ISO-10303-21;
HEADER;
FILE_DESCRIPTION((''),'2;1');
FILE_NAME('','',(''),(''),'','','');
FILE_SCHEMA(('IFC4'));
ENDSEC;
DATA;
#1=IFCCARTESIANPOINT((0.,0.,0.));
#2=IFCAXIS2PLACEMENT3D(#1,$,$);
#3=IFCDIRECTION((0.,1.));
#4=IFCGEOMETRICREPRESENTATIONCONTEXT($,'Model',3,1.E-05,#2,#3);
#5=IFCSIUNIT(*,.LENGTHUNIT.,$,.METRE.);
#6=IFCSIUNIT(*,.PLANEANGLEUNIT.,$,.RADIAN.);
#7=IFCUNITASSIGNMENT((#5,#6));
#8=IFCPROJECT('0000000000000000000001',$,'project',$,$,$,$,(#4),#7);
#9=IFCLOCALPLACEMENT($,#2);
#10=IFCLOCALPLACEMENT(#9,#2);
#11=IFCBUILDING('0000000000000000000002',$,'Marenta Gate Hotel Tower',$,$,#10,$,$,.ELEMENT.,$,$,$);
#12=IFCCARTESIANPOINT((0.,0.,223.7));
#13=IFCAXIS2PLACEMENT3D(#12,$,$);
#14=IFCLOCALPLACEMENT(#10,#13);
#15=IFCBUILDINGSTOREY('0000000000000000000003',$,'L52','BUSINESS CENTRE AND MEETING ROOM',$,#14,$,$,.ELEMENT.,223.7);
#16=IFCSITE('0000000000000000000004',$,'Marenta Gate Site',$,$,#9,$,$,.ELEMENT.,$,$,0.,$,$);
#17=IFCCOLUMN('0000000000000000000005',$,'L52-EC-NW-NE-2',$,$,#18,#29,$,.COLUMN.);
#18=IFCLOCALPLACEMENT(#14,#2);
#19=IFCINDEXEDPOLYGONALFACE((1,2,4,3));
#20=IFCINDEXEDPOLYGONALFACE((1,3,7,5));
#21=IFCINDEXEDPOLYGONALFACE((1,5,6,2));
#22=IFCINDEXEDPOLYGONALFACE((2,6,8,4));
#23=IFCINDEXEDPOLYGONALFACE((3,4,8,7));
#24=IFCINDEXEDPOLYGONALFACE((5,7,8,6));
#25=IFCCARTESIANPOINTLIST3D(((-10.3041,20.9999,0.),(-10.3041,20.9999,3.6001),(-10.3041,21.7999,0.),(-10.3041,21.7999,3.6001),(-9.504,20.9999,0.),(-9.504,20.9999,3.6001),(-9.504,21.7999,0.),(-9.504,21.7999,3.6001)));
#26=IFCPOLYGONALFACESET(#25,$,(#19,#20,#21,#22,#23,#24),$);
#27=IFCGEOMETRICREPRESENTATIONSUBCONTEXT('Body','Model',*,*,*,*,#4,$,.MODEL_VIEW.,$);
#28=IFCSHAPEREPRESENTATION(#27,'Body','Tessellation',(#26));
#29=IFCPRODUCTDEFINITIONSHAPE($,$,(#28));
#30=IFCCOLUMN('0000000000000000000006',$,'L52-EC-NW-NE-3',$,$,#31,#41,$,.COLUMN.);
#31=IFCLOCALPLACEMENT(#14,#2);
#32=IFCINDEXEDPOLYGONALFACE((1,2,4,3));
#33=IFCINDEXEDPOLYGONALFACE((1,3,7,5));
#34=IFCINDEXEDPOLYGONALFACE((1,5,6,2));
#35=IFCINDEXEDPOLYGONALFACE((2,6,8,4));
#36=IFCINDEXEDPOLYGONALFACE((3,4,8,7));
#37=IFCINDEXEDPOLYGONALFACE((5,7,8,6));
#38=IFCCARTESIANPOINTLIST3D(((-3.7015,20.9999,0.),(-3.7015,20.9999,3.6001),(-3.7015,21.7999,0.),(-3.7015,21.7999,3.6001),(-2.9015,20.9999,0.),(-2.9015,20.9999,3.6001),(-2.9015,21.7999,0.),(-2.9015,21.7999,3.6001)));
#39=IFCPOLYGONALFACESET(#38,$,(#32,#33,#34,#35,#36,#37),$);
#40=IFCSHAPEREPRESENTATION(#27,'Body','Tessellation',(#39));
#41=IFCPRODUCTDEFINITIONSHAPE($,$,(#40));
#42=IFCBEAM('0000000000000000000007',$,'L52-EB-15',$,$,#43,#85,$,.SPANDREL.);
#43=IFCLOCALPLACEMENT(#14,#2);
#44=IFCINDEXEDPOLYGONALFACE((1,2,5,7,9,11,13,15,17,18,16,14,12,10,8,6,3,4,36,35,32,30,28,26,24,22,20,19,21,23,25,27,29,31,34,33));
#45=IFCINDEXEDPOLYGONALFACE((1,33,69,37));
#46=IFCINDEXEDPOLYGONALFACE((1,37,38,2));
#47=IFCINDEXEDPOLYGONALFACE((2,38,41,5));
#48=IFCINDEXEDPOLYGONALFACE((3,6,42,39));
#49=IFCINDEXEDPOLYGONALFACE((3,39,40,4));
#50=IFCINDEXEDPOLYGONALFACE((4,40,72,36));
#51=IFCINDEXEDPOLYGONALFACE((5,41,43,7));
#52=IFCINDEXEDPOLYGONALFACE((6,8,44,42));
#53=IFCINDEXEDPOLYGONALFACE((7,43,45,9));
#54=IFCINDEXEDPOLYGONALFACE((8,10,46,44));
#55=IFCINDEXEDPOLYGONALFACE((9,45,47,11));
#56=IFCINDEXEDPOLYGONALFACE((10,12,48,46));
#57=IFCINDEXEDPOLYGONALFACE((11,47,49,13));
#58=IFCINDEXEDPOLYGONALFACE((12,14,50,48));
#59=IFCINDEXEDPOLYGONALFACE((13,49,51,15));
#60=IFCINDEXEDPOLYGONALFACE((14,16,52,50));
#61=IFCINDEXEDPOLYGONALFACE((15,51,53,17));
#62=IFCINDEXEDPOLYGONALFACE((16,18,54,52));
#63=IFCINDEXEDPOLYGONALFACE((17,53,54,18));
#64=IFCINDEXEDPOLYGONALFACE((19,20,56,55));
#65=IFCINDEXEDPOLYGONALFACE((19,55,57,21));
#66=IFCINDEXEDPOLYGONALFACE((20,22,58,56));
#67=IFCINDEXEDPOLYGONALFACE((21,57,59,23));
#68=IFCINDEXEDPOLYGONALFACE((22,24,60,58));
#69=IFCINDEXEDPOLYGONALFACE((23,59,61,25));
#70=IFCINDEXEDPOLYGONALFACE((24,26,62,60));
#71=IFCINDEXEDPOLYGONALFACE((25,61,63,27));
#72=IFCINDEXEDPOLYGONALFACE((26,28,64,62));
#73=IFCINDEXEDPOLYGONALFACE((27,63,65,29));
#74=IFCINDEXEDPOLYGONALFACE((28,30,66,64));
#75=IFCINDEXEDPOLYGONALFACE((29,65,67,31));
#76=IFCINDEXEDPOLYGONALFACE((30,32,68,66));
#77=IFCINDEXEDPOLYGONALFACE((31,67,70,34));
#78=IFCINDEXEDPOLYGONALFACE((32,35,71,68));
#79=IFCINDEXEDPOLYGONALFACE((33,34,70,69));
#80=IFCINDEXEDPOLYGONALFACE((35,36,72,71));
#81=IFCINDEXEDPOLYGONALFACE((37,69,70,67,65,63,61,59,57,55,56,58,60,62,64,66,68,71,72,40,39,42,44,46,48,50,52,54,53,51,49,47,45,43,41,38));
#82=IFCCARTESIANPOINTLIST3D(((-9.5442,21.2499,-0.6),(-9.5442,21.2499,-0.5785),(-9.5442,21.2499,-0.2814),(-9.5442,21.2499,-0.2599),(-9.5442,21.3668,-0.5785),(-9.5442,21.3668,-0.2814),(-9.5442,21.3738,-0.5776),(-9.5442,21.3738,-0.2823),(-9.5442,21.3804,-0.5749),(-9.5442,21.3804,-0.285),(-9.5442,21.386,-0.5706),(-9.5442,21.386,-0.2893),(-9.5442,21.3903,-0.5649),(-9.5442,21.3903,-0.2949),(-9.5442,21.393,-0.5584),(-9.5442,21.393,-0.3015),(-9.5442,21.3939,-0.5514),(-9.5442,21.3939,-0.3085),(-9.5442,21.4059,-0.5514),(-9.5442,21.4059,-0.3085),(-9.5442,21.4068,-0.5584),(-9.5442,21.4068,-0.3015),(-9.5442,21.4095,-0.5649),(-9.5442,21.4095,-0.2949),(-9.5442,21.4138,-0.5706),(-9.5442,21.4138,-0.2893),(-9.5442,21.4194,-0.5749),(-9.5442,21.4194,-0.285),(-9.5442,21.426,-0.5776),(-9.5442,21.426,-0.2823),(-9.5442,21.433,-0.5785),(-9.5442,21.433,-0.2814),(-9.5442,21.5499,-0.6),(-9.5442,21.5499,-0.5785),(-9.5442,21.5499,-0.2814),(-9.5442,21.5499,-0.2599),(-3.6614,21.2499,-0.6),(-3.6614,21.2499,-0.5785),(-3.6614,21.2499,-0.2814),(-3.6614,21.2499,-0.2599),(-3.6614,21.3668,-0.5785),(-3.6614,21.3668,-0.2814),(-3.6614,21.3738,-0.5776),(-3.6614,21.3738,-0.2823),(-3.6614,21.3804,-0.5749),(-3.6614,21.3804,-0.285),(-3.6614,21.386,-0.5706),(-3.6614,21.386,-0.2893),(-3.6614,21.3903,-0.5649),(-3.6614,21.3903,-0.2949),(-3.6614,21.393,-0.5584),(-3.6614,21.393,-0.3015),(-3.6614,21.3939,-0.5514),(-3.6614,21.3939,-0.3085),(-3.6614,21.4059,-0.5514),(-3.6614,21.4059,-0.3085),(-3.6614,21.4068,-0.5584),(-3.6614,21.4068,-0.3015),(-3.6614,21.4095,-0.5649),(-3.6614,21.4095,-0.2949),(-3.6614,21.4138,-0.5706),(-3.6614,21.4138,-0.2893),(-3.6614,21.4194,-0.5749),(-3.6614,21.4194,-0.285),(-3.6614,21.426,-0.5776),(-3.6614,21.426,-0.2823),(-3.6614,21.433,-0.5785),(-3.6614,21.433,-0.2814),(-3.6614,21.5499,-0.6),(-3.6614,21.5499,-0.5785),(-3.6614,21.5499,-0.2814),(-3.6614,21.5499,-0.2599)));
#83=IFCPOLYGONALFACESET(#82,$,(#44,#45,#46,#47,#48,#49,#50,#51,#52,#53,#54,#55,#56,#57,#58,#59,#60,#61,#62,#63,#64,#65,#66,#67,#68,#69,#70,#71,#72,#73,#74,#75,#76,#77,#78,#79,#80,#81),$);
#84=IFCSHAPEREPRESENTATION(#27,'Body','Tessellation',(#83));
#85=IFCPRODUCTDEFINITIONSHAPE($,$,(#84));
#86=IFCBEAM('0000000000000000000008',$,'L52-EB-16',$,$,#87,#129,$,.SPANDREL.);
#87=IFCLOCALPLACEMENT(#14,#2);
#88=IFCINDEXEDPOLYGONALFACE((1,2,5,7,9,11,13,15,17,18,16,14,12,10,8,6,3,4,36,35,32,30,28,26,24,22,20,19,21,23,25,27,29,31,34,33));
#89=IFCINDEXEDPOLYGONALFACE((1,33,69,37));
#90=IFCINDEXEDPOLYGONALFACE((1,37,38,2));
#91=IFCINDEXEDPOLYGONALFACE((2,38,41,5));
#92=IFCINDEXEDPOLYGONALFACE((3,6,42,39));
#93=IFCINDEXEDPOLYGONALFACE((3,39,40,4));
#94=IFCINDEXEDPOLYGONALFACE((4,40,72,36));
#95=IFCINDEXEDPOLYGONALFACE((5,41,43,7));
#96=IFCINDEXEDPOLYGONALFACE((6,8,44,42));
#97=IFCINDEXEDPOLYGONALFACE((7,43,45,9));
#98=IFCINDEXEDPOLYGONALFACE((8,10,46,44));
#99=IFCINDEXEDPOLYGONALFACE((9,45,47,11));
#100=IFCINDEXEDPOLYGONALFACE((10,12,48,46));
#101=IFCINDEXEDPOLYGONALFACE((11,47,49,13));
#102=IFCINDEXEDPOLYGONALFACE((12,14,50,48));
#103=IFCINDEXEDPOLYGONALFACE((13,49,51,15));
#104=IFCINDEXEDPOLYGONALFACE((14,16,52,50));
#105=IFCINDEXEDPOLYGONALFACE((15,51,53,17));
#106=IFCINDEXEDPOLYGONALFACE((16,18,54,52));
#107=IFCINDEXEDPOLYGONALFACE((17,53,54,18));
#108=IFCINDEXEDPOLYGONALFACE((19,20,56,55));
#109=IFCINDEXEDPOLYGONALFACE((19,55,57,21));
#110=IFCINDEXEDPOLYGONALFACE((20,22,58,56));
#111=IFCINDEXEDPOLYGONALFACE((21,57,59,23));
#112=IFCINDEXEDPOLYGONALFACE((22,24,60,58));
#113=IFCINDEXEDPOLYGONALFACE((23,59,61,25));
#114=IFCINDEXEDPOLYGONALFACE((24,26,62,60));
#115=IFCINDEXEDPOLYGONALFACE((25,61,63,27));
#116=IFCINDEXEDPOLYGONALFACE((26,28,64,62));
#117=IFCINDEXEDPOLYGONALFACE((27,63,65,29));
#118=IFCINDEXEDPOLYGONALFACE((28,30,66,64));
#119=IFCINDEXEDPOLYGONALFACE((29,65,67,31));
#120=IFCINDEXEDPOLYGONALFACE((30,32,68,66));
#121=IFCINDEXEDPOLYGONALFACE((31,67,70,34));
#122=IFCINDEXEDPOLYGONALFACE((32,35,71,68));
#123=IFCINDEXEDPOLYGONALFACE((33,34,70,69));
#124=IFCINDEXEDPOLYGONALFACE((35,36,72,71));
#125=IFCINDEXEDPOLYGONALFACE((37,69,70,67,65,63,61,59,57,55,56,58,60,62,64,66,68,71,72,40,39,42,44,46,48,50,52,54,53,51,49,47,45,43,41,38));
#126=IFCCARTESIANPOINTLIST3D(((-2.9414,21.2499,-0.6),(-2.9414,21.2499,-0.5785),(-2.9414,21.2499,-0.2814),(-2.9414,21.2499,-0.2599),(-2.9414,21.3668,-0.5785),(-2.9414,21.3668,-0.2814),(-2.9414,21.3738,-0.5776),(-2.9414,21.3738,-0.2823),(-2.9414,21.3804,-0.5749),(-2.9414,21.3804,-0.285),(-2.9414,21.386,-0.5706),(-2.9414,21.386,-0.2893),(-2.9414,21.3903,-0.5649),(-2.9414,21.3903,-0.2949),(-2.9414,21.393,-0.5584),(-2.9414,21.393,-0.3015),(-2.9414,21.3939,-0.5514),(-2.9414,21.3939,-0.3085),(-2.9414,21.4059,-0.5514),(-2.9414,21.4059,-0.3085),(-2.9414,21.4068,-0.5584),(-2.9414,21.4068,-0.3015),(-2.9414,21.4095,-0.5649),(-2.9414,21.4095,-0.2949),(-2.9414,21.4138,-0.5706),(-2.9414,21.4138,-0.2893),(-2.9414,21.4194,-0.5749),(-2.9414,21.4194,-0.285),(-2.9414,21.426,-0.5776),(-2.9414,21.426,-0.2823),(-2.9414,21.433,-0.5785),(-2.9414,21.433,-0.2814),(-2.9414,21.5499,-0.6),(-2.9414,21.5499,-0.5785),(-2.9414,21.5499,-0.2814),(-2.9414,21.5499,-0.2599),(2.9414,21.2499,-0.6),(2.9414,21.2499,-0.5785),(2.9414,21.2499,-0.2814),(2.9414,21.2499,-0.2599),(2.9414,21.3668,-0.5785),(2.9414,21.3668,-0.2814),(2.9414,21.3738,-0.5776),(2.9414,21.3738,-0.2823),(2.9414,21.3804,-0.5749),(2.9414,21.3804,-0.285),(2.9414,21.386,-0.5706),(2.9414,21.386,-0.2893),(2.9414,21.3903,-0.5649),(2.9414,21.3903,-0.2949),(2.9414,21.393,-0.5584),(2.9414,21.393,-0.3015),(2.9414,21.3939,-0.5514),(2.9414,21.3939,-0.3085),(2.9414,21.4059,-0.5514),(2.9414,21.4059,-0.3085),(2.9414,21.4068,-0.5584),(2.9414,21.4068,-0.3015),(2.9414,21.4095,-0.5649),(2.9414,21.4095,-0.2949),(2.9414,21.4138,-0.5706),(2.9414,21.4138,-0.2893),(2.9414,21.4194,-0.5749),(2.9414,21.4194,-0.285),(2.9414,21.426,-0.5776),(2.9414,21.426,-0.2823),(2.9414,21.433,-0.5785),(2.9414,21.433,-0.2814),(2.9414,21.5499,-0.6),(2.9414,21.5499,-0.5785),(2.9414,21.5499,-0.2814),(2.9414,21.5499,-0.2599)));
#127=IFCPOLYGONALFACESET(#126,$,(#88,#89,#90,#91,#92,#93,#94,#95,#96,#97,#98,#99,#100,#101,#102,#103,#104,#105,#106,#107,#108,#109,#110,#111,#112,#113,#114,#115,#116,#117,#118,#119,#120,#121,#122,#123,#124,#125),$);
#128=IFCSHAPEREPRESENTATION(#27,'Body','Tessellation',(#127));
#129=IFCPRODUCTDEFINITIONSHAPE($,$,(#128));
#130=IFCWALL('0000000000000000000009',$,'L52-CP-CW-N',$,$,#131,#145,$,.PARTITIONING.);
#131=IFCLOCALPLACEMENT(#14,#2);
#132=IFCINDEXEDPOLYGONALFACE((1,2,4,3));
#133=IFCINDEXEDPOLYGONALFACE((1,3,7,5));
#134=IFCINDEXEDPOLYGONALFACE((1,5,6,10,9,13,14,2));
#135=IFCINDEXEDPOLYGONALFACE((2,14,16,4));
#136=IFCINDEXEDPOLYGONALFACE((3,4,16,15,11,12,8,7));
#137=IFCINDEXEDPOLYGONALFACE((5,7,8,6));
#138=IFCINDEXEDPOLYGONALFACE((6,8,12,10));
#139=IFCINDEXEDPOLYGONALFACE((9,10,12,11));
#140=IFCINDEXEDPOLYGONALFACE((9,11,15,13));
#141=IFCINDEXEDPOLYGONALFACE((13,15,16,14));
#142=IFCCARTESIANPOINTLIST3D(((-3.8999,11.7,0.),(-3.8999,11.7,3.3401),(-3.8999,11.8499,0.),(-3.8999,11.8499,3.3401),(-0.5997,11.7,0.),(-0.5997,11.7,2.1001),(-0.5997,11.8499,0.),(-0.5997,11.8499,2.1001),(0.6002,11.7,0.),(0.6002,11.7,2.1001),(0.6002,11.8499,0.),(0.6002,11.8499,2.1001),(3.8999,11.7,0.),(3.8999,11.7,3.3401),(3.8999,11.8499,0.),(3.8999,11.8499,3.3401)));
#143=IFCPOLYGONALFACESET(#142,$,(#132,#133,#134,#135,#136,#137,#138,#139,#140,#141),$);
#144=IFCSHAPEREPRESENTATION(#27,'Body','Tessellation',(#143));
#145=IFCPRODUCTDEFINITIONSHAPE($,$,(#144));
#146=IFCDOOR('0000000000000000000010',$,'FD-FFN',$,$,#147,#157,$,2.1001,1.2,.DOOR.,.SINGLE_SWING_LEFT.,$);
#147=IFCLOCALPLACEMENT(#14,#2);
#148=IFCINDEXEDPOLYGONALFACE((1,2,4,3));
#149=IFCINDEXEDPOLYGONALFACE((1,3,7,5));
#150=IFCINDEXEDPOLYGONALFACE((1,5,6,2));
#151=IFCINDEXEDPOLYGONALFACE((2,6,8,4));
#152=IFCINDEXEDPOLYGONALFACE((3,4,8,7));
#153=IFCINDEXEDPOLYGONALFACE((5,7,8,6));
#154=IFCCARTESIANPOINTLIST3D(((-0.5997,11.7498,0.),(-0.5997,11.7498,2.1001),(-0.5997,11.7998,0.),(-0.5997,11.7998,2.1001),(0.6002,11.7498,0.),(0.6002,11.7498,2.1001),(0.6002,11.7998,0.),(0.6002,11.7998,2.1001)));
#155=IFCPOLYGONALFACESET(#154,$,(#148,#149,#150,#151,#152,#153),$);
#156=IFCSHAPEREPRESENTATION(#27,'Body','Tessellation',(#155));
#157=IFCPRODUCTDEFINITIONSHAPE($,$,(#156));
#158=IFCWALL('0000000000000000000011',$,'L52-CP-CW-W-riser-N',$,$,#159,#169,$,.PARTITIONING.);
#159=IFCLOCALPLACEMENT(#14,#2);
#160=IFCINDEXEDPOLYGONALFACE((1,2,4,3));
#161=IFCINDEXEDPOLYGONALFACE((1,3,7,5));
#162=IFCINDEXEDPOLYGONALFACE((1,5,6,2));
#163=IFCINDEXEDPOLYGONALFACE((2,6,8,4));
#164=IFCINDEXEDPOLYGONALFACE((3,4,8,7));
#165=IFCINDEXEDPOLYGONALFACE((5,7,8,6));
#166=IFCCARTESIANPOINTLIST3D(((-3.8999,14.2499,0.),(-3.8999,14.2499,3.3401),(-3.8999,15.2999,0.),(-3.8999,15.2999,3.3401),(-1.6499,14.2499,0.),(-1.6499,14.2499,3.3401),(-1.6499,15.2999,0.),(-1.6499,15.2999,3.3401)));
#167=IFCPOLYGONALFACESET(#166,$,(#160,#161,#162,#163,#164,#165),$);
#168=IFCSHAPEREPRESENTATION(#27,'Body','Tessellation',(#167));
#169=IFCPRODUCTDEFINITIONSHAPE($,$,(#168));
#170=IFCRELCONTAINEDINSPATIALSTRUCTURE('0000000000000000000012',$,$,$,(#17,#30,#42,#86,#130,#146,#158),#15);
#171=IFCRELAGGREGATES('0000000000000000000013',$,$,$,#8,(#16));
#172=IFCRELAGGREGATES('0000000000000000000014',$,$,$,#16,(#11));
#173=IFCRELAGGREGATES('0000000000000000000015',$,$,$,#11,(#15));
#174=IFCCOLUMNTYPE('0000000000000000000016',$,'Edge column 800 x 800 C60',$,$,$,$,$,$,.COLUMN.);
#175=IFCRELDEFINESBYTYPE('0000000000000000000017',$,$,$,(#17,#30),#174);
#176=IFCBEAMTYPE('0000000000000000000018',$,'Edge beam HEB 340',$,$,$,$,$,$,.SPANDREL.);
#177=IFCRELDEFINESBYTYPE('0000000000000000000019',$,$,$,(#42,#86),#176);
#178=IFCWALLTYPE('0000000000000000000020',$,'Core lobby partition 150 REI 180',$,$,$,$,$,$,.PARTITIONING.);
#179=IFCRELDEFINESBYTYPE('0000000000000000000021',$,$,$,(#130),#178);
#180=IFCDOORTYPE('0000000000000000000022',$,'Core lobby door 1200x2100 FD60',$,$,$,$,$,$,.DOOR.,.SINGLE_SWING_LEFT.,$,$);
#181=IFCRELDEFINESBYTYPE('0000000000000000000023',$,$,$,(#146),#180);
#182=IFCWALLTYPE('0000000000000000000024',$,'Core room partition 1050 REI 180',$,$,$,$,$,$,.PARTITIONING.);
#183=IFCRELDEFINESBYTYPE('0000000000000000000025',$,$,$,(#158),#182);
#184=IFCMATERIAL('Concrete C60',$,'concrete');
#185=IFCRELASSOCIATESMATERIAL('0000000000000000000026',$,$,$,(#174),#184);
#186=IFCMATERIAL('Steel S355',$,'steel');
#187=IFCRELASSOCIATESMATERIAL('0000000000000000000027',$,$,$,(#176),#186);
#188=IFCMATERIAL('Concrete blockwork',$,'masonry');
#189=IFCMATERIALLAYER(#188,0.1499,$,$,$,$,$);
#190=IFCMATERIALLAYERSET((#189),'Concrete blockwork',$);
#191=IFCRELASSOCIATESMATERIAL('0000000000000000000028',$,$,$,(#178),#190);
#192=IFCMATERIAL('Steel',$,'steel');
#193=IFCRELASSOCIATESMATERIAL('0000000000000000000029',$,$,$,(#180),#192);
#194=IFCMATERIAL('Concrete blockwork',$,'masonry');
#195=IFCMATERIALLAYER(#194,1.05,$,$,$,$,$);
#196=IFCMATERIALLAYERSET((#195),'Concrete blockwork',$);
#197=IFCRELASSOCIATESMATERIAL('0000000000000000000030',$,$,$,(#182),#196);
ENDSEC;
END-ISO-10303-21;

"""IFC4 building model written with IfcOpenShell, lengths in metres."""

from ifc_helpers import new_model, si_unit, direction, frame, frame_2d, origin, origin_2d, place, context, subcontext, project, spatial, rectangle, i_section, extrude, material, layer, layer_set, material_profile, profile_set, type_object, element, fill, save


model = new_model("IFC4")

# Units and contexts
model_context = context("Model", 3, precision=1e-05, world=origin(), true_north=direction((0.0, 1.0)))
body_context = subcontext(model_context, "Body", "Model", "MODEL_VIEW")
ifc_project = project(units=[si_unit("LENGTHUNIT", "METRE"), si_unit("PLANEANGLEUNIT", "RADIAN")], contexts=[model_context])

# Site, building, storey
site_placement = place(None, origin())
site = spatial("IfcSite", under=ifc_project, at=site_placement, Name="Marenta Gate Site", CompositionType="ELEMENT", RefElevation=0.0)
building_placement = place(site_placement, origin())
building = spatial("IfcBuilding", under=site, at=building_placement, Name="Marenta Gate Hotel Tower", CompositionType="ELEMENT")
storey_placement = place(building_placement, frame((0.0, 0.0, 223.7)))
storey = spatial("IfcBuildingStorey", under=building, at=storey_placement, Name="L52", Description="BUSINESS CENTRE AND MEETING ROOM", CompositionType="ELEMENT", Elevation=223.7)

# Columns
ifc_material_1 = material(Name="Concrete C60", Category="concrete")
ifc_material_profile_1 = material_profile(ifc_material_1, rectangle(XDim=0.8, YDim=0.8, at=origin_2d()), Name="800 x 800")
ifc_profile_set_1 = profile_set([ifc_material_profile_1], Name="Concrete C60")
column_type = type_object("IfcColumnType", Name="Edge column 800 x 800 C60", PredefinedType="COLUMN", material=ifc_profile_set_1)
for number, where, z_axis, x_axis, name in (
    (1, (-9.9041, 21.3999, 0.0), (0.0, 0.0, 1.0), (1.0, 0.0, 0.0), "L52-EC-NW-NE-2"),
    (2, (-3.3015, 21.3999, 0.0), (0.0, 0.0, 1.0), (1.0, 0.0, 0.0), "L52-EC-NW-NE-3"),
):
    element("IfcColumn", number, at=place(storey_placement, frame(where, z_axis=z_axis, x_axis=x_axis)), inside=storey, type_object=column_type, Name=name, PredefinedType="COLUMN", context=body_context, shape_type="SweptSolid", body=[
        extrude(rectangle(XDim=0.8, YDim=0.8, at=origin_2d()), origin(), (0.0, 0.0, 1.0), 3.6001),
    ])

# Beams
ifc_material_2 = material(Name="Steel S355", Category="steel")
ifc_material_profile_2 = material_profile(ifc_material_2, i_section(OverallWidth=0.3, OverallDepth=0.3401, WebThickness=0.012, FlangeThickness=0.0215, FilletRadius=0.0271, at=origin_2d()), Name="HEB 340")
ifc_profile_set_2 = profile_set([ifc_material_profile_2], Name="Steel S355")
beam_type = type_object("IfcBeamType", Name="Edge beam HEB 340", PredefinedType="SPANDREL", material=ifc_profile_set_2)
for number, where, z_axis, x_axis, name in (
    (3, (-9.5442, 21.3999, -0.4299), (1.0, 0.0, 0.0), (0.0, 1.0, 0.0), "L52-EB-15"),
    (4, (-2.9414, 21.3999, -0.4299), (1.0, 0.0, 0.0), (0.0, 1.0, 0.0), "L52-EB-16"),
):
    element("IfcBeam", number, at=place(storey_placement, frame(where, z_axis=z_axis, x_axis=x_axis)), inside=storey, type_object=beam_type, Name=name, PredefinedType="SPANDREL", context=body_context, shape_type="SweptSolid", body=[
        extrude(i_section(OverallWidth=0.3, OverallDepth=0.3401, WebThickness=0.012, FlangeThickness=0.0215, FilletRadius=0.0271, at=origin_2d()), origin(), (0.0, 0.0, 1.0), 5.8828),
    ])

# Wall, opening, door
ifc_material_3 = material(Name="Concrete blockwork", Category="masonry")
ifc_layer_1 = layer(ifc_material_3, 0.1499)
ifc_layer_set_1 = layer_set([ifc_layer_1], Name="Concrete blockwork")
wall_type_1 = type_object("IfcWallType", Name="Core lobby partition 150 REI 180", PredefinedType="PARTITIONING", material=ifc_layer_set_1)
wall_1_placement = place(storey_placement, frame((-3.8999, 11.7749, 0.0), z_axis=(0.0, 0.0, 1.0), x_axis=(1.0, 0.0, 0.0)))
wall_1 = element("IfcWall", 5, at=wall_1_placement, inside=storey, type_object=wall_type_1, Name="L52-CP-CW-N", PredefinedType="PARTITIONING", context=body_context, shape_type="SweptSolid", body=[
    extrude(rectangle(XDim=7.7998, YDim=0.1499, at=frame_2d((3.8999, 0.0))), origin(), (0.0, 0.0, 1.0), 3.3401),
])
opening_1_placement = place(wall_1_placement, frame((3.3, 0.0, 0.0)))
opening_1 = element("IfcOpeningElement", 6, at=opening_1_placement, cuts=wall_1, PredefinedType="OPENING", context=body_context, shape_type="SweptSolid", body=[
    extrude(rectangle(XDim=1.2, YDim=2.1001, at=frame_2d((0.6001, 1.05))), frame((0.0, 0.075, 0.0), z_axis=(0.0, -1.0, 0.0), x_axis=(1.0, 0.0, 0.0)), (0.0, 0.0, 1.0), 0.1499),
])
ifc_material_4 = material(Name="Steel", Category="steel")
door_type_1 = type_object("IfcDoorType", Name="Core lobby door 1200x2100 FD60", OperationType="SINGLE_SWING_LEFT", PredefinedType="DOOR", material=ifc_material_4)
door_1_placement = place(opening_1_placement, origin())
door_1 = element("IfcDoor", 7, at=door_1_placement, inside=storey, type_object=door_type_1, Name="FD-FFN", OperationType="SINGLE_SWING_LEFT", OverallHeight=2.1001, OverallWidth=1.2, PredefinedType="DOOR", context=body_context, shape_type="SweptSolid", body=[
    extrude(rectangle(XDim=1.2, YDim=2.1001, at=frame_2d((0.6001, 1.05))), frame((0.0, 0.0249, 0.0), z_axis=(0.0, -1.0, 0.0), x_axis=(1.0, 0.0, 0.0)), (0.0, 0.0, 1.0), 0.05),
])
fill(opening_1, door_1)

# Wall
ifc_material_5 = material(Name="Concrete blockwork", Category="masonry")
ifc_layer_2 = layer(ifc_material_5, 1.05)
ifc_layer_set_2 = layer_set([ifc_layer_2], Name="Concrete blockwork")
wall_type_2 = type_object("IfcWallType", Name="Core room partition 1050 REI 180", PredefinedType="PARTITIONING", material=ifc_layer_set_2)
wall_2_placement = place(storey_placement, frame((-3.8999, 14.7749, 0.0), z_axis=(0.0, 0.0, 1.0), x_axis=(1.0, 0.0, 0.0)))
element("IfcWall", 8, at=wall_2_placement, inside=storey, type_object=wall_type_2, Name="L52-CP-CW-W-riser-N", PredefinedType="PARTITIONING", context=body_context, shape_type="SweptSolid", body=[
    extrude(rectangle(XDim=2.25, YDim=1.05, at=frame_2d((1.125, 0.0))), origin(), (0.0, 0.0, 1.0), 3.3401),
])

save(model, "model.ifc")
